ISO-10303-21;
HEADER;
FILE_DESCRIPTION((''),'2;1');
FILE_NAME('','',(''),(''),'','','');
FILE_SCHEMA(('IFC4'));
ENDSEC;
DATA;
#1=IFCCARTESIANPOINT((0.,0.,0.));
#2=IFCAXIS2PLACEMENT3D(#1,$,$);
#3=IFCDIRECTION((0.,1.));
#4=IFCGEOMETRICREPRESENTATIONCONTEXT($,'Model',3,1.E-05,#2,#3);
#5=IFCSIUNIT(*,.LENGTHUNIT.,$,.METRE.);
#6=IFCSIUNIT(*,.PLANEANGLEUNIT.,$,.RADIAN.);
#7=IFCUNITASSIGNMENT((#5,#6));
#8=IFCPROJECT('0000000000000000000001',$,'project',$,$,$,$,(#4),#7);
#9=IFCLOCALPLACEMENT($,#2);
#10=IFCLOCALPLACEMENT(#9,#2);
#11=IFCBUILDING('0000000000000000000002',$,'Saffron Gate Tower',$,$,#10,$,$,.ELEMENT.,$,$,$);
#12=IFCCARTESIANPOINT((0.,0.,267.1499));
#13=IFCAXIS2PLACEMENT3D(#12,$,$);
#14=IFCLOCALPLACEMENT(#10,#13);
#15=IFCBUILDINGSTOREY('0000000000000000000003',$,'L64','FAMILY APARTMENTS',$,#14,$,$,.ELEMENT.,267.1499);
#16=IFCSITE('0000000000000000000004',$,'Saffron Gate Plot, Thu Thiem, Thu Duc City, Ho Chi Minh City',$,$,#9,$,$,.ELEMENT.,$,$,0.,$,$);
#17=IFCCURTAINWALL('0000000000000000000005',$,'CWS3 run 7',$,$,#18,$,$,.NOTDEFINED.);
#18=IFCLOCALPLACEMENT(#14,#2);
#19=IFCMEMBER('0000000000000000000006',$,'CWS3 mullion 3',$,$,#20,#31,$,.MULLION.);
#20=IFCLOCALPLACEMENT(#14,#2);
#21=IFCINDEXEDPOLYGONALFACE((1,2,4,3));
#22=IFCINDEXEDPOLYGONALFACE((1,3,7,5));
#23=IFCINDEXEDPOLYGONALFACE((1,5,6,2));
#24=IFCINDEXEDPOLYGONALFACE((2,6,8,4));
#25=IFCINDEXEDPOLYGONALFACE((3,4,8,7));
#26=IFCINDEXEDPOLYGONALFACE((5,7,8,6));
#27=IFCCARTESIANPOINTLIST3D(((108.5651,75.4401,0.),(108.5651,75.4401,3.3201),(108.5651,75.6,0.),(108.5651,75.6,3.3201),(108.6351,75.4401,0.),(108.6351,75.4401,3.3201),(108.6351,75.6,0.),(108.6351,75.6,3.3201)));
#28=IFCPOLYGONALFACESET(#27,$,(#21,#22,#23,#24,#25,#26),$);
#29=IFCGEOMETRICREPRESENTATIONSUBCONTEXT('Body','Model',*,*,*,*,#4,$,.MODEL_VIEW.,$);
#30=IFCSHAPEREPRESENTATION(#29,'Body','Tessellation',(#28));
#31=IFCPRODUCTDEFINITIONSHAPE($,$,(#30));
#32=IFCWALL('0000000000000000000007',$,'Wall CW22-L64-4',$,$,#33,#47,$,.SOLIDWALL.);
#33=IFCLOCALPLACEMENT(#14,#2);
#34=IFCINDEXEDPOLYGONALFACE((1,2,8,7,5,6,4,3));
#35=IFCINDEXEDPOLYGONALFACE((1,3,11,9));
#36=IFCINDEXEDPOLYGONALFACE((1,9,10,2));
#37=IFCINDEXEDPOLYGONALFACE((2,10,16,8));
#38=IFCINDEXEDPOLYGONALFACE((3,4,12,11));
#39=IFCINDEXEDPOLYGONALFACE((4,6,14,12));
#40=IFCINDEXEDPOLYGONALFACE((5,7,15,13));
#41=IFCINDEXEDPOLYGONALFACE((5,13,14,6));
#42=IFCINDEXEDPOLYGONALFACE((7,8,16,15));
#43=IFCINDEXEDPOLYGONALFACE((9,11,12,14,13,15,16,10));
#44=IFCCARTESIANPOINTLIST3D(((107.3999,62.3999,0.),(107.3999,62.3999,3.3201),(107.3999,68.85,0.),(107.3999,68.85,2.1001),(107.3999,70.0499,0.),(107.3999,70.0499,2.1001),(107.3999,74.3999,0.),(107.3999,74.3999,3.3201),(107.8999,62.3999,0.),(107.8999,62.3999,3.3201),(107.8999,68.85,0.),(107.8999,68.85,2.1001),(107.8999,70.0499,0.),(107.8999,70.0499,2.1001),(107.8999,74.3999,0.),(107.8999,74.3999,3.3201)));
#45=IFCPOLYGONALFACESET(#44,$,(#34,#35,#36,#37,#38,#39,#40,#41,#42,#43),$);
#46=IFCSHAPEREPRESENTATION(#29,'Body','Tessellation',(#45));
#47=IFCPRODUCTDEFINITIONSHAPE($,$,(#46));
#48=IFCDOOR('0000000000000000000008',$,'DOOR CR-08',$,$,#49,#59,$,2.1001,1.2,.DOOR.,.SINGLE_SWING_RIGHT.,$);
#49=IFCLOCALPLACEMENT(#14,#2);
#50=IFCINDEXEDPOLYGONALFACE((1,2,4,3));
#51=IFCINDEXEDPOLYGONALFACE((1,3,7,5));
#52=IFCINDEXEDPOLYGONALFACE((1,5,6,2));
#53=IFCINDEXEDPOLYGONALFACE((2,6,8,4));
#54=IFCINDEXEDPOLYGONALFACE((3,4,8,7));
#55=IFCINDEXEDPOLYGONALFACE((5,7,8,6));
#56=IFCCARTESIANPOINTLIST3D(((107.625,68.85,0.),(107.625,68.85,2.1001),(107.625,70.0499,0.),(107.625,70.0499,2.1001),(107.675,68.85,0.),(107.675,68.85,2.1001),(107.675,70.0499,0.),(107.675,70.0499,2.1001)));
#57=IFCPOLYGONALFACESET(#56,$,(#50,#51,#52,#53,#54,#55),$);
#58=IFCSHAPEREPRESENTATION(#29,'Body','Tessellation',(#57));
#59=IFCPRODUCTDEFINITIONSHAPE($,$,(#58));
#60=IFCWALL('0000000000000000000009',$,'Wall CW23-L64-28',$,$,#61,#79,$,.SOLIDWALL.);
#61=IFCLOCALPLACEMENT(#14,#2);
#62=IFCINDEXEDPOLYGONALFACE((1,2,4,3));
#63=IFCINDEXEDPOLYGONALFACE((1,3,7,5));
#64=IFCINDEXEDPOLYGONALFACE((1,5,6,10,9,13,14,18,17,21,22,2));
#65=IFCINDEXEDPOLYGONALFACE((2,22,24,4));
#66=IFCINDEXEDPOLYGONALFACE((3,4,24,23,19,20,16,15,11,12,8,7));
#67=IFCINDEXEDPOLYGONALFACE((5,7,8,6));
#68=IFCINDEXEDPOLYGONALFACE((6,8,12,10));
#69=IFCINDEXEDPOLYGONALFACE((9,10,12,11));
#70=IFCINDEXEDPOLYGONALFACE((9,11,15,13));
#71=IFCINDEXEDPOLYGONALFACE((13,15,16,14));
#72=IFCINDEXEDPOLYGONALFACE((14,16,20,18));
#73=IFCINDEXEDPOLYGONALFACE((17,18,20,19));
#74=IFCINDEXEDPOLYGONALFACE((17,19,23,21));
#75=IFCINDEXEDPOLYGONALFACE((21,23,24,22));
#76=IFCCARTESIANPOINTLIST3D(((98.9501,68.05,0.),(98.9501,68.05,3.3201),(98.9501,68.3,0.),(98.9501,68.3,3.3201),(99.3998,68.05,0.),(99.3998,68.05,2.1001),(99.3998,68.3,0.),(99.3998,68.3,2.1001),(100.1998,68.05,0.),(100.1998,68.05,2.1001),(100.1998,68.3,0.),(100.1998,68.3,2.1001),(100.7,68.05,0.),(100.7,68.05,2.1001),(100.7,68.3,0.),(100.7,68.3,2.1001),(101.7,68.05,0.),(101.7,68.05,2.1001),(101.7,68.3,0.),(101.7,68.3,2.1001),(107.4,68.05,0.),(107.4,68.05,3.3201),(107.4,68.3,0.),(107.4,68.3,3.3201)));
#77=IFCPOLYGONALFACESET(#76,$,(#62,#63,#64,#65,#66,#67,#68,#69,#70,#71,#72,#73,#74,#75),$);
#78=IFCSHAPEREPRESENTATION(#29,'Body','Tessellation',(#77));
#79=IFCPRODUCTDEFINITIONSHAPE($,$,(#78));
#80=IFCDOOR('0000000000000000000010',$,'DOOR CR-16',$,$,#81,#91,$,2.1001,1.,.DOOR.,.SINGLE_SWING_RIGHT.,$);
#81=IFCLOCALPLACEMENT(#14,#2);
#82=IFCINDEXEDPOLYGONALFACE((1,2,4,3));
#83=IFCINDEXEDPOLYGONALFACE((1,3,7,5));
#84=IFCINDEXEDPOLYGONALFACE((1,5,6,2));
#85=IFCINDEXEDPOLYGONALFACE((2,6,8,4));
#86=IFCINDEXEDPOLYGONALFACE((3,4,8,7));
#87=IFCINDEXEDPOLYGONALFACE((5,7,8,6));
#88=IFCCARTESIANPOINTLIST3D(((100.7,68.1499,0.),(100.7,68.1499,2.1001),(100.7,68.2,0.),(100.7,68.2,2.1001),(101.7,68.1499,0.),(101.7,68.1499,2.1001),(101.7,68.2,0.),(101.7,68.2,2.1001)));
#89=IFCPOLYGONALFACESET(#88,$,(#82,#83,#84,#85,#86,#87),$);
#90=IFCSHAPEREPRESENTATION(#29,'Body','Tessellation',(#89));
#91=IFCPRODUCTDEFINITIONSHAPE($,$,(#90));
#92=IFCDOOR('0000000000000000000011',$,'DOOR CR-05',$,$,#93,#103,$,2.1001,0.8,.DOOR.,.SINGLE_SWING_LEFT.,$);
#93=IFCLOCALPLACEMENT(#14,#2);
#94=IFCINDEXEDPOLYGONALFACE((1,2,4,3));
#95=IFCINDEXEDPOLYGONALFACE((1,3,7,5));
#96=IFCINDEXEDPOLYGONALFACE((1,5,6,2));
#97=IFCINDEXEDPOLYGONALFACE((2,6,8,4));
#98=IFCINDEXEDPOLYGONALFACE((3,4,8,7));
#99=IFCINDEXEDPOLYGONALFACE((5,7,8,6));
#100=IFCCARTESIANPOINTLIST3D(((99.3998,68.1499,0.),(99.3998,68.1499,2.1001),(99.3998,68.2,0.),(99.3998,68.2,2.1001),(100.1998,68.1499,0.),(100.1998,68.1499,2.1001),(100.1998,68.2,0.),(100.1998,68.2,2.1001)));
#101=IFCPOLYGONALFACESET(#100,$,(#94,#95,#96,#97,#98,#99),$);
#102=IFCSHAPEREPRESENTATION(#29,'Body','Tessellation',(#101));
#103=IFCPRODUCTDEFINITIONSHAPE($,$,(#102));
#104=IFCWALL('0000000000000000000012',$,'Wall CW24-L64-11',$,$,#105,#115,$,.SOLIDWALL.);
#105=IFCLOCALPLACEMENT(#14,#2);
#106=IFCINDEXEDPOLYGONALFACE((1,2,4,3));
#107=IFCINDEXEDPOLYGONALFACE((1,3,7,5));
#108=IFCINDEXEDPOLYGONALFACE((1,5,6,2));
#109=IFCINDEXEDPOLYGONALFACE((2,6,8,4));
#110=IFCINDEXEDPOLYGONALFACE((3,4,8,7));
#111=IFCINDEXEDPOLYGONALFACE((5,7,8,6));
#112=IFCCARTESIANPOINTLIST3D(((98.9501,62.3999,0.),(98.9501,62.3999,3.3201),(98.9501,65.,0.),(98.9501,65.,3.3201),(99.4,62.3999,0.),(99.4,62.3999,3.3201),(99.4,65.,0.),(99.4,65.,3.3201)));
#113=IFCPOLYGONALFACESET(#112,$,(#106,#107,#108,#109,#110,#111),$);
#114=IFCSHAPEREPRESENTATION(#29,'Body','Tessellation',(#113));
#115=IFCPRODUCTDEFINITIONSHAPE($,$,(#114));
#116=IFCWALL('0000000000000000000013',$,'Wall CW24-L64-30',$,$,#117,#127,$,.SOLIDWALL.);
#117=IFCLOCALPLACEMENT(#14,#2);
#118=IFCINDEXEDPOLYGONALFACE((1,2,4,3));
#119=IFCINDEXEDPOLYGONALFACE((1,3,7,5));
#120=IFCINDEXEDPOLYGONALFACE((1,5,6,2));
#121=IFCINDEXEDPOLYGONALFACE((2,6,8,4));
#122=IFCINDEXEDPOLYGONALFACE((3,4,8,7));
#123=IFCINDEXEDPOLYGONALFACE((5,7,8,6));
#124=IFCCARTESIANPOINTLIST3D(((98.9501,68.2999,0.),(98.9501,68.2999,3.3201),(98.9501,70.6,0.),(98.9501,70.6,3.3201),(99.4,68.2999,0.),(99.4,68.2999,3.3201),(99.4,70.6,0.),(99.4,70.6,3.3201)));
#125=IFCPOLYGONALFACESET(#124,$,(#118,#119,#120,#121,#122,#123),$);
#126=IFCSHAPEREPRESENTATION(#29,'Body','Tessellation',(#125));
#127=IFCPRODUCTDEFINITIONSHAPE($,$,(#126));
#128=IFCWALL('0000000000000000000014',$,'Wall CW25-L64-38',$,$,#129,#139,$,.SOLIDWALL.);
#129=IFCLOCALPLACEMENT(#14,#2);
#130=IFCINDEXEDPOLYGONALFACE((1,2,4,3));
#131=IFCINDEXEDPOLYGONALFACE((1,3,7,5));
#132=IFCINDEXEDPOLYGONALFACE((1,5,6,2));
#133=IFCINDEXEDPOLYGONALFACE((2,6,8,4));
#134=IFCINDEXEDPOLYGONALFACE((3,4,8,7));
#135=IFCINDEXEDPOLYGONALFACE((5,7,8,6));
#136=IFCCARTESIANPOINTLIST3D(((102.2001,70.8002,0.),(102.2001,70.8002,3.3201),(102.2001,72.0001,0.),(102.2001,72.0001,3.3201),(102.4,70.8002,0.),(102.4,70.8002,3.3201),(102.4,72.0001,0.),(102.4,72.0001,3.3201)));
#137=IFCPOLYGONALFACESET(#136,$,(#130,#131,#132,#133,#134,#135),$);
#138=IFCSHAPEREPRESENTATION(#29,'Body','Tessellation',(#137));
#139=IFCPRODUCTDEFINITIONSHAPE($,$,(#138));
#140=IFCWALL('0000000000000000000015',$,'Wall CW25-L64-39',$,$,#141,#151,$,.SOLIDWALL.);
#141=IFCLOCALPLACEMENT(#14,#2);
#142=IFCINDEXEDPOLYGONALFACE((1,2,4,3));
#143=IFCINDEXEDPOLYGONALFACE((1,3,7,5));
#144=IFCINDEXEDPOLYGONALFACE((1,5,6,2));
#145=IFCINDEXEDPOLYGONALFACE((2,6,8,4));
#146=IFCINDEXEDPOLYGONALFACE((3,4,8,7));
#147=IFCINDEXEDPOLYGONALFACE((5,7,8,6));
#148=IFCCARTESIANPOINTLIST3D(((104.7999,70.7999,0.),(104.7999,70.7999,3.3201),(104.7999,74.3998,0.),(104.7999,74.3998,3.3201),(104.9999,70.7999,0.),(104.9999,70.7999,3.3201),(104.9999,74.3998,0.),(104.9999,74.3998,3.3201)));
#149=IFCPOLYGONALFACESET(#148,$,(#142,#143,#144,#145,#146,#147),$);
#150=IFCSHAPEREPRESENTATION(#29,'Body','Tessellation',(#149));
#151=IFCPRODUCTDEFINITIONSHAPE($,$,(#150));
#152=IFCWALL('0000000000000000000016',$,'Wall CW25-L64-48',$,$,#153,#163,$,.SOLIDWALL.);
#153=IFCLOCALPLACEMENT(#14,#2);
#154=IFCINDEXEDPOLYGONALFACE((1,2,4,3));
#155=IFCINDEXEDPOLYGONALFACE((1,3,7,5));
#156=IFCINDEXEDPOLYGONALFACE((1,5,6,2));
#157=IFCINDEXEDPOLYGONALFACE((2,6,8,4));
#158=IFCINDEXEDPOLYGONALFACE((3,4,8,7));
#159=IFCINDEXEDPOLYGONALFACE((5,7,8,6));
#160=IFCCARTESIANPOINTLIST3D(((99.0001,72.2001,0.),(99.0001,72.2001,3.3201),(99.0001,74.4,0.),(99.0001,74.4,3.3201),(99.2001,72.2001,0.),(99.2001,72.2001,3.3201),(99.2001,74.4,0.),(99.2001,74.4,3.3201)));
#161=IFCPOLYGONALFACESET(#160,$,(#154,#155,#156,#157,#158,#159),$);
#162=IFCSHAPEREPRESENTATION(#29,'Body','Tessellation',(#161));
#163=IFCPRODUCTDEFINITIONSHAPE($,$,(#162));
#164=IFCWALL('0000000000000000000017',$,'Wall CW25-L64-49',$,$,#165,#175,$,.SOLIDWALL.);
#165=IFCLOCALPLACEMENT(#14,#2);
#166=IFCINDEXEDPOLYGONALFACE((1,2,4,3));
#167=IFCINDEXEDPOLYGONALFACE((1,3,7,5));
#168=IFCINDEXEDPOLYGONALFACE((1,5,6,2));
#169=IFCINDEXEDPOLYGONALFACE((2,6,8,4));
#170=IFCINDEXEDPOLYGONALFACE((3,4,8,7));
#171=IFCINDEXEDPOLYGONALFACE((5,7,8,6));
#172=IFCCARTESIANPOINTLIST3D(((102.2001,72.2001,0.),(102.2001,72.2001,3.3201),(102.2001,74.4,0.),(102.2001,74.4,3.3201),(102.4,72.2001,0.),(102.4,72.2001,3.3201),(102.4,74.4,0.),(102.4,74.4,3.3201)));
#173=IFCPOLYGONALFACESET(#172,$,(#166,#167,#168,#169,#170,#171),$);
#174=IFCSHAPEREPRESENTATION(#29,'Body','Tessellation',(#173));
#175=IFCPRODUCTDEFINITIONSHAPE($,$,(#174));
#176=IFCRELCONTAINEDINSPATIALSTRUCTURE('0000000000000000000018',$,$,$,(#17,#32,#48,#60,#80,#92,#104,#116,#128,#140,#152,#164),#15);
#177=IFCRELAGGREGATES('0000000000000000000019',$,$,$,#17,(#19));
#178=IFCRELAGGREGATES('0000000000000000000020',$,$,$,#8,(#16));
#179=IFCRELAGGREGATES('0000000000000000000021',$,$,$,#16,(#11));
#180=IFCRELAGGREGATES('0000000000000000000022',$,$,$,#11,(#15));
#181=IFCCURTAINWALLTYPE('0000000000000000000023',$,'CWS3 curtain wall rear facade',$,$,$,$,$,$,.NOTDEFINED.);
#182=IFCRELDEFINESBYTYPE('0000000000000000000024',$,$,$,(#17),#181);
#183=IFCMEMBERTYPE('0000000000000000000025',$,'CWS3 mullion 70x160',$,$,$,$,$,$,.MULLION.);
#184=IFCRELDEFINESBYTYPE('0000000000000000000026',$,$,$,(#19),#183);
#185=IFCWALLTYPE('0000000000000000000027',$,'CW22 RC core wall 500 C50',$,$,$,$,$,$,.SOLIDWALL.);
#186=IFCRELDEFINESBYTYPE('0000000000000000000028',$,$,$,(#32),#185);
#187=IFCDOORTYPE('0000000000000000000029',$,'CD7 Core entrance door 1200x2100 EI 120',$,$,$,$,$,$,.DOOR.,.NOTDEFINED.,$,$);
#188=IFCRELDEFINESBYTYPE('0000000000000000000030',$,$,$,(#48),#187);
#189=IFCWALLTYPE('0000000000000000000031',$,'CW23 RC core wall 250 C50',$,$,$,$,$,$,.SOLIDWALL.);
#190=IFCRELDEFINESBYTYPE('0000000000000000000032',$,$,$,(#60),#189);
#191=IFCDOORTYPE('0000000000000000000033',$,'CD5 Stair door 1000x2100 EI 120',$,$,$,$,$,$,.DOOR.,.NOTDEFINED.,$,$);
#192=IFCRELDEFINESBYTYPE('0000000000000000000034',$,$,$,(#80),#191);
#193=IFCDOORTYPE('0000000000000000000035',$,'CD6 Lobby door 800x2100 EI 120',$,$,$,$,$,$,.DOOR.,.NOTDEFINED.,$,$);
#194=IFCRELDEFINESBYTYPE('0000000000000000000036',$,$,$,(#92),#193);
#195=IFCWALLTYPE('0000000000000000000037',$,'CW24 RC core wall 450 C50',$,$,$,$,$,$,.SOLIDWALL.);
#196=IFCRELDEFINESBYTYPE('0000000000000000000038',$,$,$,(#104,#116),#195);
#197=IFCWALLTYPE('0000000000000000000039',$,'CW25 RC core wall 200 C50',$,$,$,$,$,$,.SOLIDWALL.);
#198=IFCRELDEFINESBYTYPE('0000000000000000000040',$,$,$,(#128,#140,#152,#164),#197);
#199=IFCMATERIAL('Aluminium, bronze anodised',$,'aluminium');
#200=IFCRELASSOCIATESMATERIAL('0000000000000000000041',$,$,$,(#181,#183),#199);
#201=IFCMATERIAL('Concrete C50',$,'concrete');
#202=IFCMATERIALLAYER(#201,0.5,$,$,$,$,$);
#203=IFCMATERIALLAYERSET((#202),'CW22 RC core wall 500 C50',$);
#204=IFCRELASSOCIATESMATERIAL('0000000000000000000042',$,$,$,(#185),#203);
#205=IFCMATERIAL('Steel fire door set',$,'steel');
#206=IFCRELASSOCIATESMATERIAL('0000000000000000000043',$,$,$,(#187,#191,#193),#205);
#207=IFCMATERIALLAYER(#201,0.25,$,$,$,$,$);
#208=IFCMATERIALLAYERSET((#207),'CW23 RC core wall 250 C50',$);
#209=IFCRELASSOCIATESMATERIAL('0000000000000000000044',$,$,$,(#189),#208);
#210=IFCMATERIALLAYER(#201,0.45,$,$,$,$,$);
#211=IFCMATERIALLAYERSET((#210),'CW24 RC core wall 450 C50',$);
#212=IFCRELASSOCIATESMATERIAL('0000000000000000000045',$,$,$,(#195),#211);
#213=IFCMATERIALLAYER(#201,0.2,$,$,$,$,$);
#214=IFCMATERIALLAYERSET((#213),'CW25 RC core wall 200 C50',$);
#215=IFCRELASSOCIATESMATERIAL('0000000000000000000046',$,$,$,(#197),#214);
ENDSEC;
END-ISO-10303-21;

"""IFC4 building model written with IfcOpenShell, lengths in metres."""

from ifc_helpers import new_model, si_unit, direction, frame, frame_2d, origin, origin_2d, place, context, subcontext, project, spatial, rectangle, extrude, material, layer, layer_set, material_profile, profile_set, type_object, element, fill, aggregate, save


model = new_model("IFC4")

# Units and contexts
model_context = context("Model", 3, precision=1e-05, world=origin(), true_north=direction((0.0, 1.0)))
body_context = subcontext(model_context, "Body", "Model", "MODEL_VIEW")
ifc_project = project(units=[si_unit("LENGTHUNIT", "METRE"), si_unit("PLANEANGLEUNIT", "RADIAN")], contexts=[model_context])

# Site, building, storey
site_placement = place(None, origin())
site = spatial("IfcSite", under=ifc_project, at=site_placement, Name="Saffron Gate Plot, Thu Thiem, Thu Duc City, Ho Chi Minh City", CompositionType="ELEMENT", RefElevation=0.0)
building_placement = place(site_placement, origin())
building = spatial("IfcBuilding", under=site, at=building_placement, Name="Saffron Gate Tower", CompositionType="ELEMENT")
storey_placement = place(building_placement, frame((0.0, 0.0, 267.1499)))
storey = spatial("IfcBuildingStorey", under=building, at=storey_placement, Name="L64", Description="FAMILY APARTMENTS", CompositionType="ELEMENT", Elevation=267.1499)

# Curtain wall, member
ifc_material_1 = material(Name="Aluminium, bronze anodised", Category="aluminium")
curtain_wall_type = type_object("IfcCurtainWallType", Name="CWS3 curtain wall rear facade", PredefinedType="NOTDEFINED", material=ifc_material_1)
curtain_wall_placement = place(storey_placement, origin())
curtain_wall = element("IfcCurtainWall", 1, at=curtain_wall_placement, inside=storey, type_object=curtain_wall_type, Name="CWS3 run 7", PredefinedType="NOTDEFINED")
ifc_material_profile = material_profile(ifc_material_1, rectangle(XDim=0.1599, YDim=0.0701, at=origin_2d()))
ifc_profile_set = profile_set([ifc_material_profile], Name="Aluminium, bronze anodised")
member_type = type_object("IfcMemberType", Name="CWS3 mullion 70x160", PredefinedType="MULLION", material=ifc_profile_set)
member_placement = place(storey_placement, frame((108.6001, 75.52, 0.0), z_axis=(0.0, 0.0, 1.0), x_axis=(0.0, -1.0, 0.0)))
member = element("IfcMember", 2, at=member_placement, type_object=member_type, Name="CWS3 mullion 3", PredefinedType="MULLION", context=body_context, shape_type="SweptSolid", body=[
    extrude(rectangle(XDim=0.1599, YDim=0.0701, at=origin_2d()), origin(), (0.0, 0.0, 1.0), 3.3201),
])
aggregate(curtain_wall, [member])

# Wall, opening, door
ifc_material_2 = material(Name="Concrete C50", Category="concrete")
ifc_layer_1 = layer(ifc_material_2, 0.5)
ifc_layer_set_1 = layer_set([ifc_layer_1], Name="CW22 RC core wall 500 C50")
wall_type_1 = type_object("IfcWallType", Name="CW22 RC core wall 500 C50", PredefinedType="SOLIDWALL", material=ifc_layer_set_1)
wall_1_placement = place(storey_placement, frame((107.6499, 62.3999, 0.0), z_axis=(0.0, 0.0, 1.0), x_axis=(0.0, 1.0, 0.0)))
wall_1 = element("IfcWall", 3, at=wall_1_placement, inside=storey, type_object=wall_type_1, Name="Wall CW22-L64-4", PredefinedType="SOLIDWALL", context=body_context, shape_type="SweptSolid", body=[
    extrude(rectangle(XDim=12.0, YDim=0.5, at=frame_2d((6.0, 0.0))), origin(), (0.0, 0.0, 1.0), 3.3201),
])
opening_1_placement = place(wall_1_placement, frame((6.45, 0.0, 0.0)))
opening_1 = element("IfcOpeningElement", 4, at=opening_1_placement, cuts=wall_1, PredefinedType="OPENING", context=body_context, shape_type="SweptSolid", body=[
    extrude(rectangle(XDim=1.2, YDim=2.1001, at=frame_2d((0.6001, 1.05))), frame((0.0, 0.26, 0.0), z_axis=(0.0, -1.0, 0.0), x_axis=(1.0, 0.0, 0.0)), (0.0, 0.0, 1.0), 0.52),
])
ifc_material_3 = material(Name="Steel fire door set", Category="steel")
door_type_1 = type_object("IfcDoorType", Name="CD7 Core entrance door 1200x2100 EI 120", OperationType="NOTDEFINED", PredefinedType="DOOR", material=ifc_material_3)
door_1_placement = place(opening_1_placement, origin())
door_1 = element("IfcDoor", 5, at=door_1_placement, inside=storey, type_object=door_type_1, Name="DOOR CR-08", OperationType="SINGLE_SWING_RIGHT", OverallHeight=2.1001, OverallWidth=1.2, PredefinedType="DOOR", context=body_context, shape_type="SweptSolid", body=[
    extrude(rectangle(XDim=1.2, YDim=2.1001, at=frame_2d((0.6001, 1.05))), frame((0.0, 0.0249, 0.0), z_axis=(0.0, -1.0, 0.0), x_axis=(1.0, 0.0, 0.0)), (0.0, 0.0, 1.0), 0.05),
])
fill(opening_1, door_1)

# Wall, openings, doors
ifc_layer_2 = layer(ifc_material_2, 0.25)
ifc_layer_set_2 = layer_set([ifc_layer_2], Name="CW23 RC core wall 250 C50")
wall_type_2 = type_object("IfcWallType", Name="CW23 RC core wall 250 C50", PredefinedType="SOLIDWALL", material=ifc_layer_set_2)
wall_2_placement = place(storey_placement, frame((98.95, 68.175, 0.0), z_axis=(0.0, 0.0, 1.0), x_axis=(1.0, 0.0, 0.0)))
wall_2 = element("IfcWall", 6, at=wall_2_placement, inside=storey, type_object=wall_type_2, Name="Wall CW23-L64-28", PredefinedType="SOLIDWALL", context=body_context, shape_type="SweptSolid", body=[
    extrude(rectangle(XDim=8.45, YDim=0.25, at=frame_2d((4.2251, 0.0))), origin(), (0.0, 0.0, 1.0), 3.3201),
])
opening_2_placement = place(wall_2_placement, frame((0.45, 0.0, 0.0)))
opening_2 = element("IfcOpeningElement", 7, at=opening_2_placement, cuts=wall_2, PredefinedType="OPENING", context=body_context, shape_type="SweptSolid", body=[
    extrude(rectangle(XDim=0.8, YDim=2.1001, at=frame_2d((0.3999, 1.05))), frame((0.0, 0.135, 0.0), z_axis=(0.0, -1.0, 0.0), x_axis=(1.0, 0.0, 0.0)), (0.0, 0.0, 1.0), 0.27),
])
opening_3_placement = place(wall_2_placement, frame((1.75, 0.0, 0.0)))
opening_3 = element("IfcOpeningElement", 8, at=opening_3_placement, cuts=wall_2, PredefinedType="OPENING", context=body_context, shape_type="SweptSolid", body=[
    extrude(rectangle(XDim=1.0, YDim=2.1001, at=frame_2d((0.5, 1.05))), frame((0.0, 0.135, 0.0), z_axis=(0.0, -1.0, 0.0), x_axis=(1.0, 0.0, 0.0)), (0.0, 0.0, 1.0), 0.27),
])
door_type_2 = type_object("IfcDoorType", Name="CD5 Stair door 1000x2100 EI 120", OperationType="NOTDEFINED", PredefinedType="DOOR", material=ifc_material_3)
door_2_placement = place(opening_3_placement, origin())
door_2 = element("IfcDoor", 9, at=door_2_placement, inside=storey, type_object=door_type_2, Name="DOOR CR-16", OperationType="SINGLE_SWING_RIGHT", OverallHeight=2.1001, OverallWidth=1.0, PredefinedType="DOOR", context=body_context, shape_type="SweptSolid", body=[
    extrude(rectangle(XDim=1.0, YDim=2.1001, at=frame_2d((0.5, 1.05))), frame((0.0, 0.0249, 0.0), z_axis=(0.0, -1.0, 0.0), x_axis=(1.0, 0.0, 0.0)), (0.0, 0.0, 1.0), 0.05),
])
fill(opening_3, door_2)
door_type_3 = type_object("IfcDoorType", Name="CD6 Lobby door 800x2100 EI 120", OperationType="NOTDEFINED", PredefinedType="DOOR", material=ifc_material_3)
door_3_placement = place(opening_2_placement, origin())
door_3 = element("IfcDoor", 10, at=door_3_placement, inside=storey, type_object=door_type_3, Name="DOOR CR-05", OperationType="SINGLE_SWING_LEFT", OverallHeight=2.1001, OverallWidth=0.8, PredefinedType="DOOR", context=body_context, shape_type="SweptSolid", body=[
    extrude(rectangle(XDim=0.8, YDim=2.1001, at=frame_2d((0.3999, 1.05))), frame((0.0, 0.0249, 0.0), z_axis=(0.0, -1.0, 0.0), x_axis=(1.0, 0.0, 0.0)), (0.0, 0.0, 1.0), 0.05),
])
fill(opening_2, door_3)

# Walls
ifc_layer_3 = layer(ifc_material_2, 0.45)
ifc_layer_set_3 = layer_set([ifc_layer_3], Name="CW24 RC core wall 450 C50")
wall_type_3 = type_object("IfcWallType", Name="CW24 RC core wall 450 C50", PredefinedType="SOLIDWALL", material=ifc_layer_set_3)
wall_3_placement = place(storey_placement, frame((99.175, 62.3999, 0.0), z_axis=(0.0, 0.0, 1.0), x_axis=(0.0, 1.0, 0.0)))
element("IfcWall", 11, at=wall_3_placement, inside=storey, type_object=wall_type_3, Name="Wall CW24-L64-11", PredefinedType="SOLIDWALL", context=body_context, shape_type="SweptSolid", body=[
    extrude(rectangle(XDim=2.6001, YDim=0.45, at=frame_2d((1.3, 0.0))), origin(), (0.0, 0.0, 1.0), 3.3201),
])
wall_4_placement = place(storey_placement, frame((99.175, 68.3, 0.0), z_axis=(0.0, 0.0, 1.0), x_axis=(0.0, 1.0, 0.0)))
element("IfcWall", 12, at=wall_4_placement, inside=storey, type_object=wall_type_3, Name="Wall CW24-L64-30", PredefinedType="SOLIDWALL", context=body_context, shape_type="SweptSolid", body=[
    extrude(rectangle(XDim=2.3, YDim=0.45, at=frame_2d((1.1499, 0.0))), origin(), (0.0, 0.0, 1.0), 3.3201),
])
ifc_layer_4 = layer(ifc_material_2, 0.2)
ifc_layer_set_4 = layer_set([ifc_layer_4], Name="CW25 RC core wall 200 C50")
wall_type_4 = type_object("IfcWallType", Name="CW25 RC core wall 200 C50", PredefinedType="SOLIDWALL", material=ifc_layer_set_4)
wall_5_placement = place(storey_placement, frame((102.3, 70.8, 0.0), z_axis=(0.0, 0.0, 1.0), x_axis=(0.0, 1.0, 0.0)))
element("IfcWall", 13, at=wall_5_placement, inside=storey, type_object=wall_type_4, Name="Wall CW25-L64-38", PredefinedType="SOLIDWALL", context=body_context, shape_type="SweptSolid", body=[
    extrude(rectangle(XDim=1.2, YDim=0.2, at=frame_2d((0.6001, 0.0))), origin(), (0.0, 0.0, 1.0), 3.3201),
])
wall_6_placement = place(storey_placement, frame((104.8999, 70.8, 0.0), z_axis=(0.0, 0.0, 1.0), x_axis=(0.0, 1.0, 0.0)))
element("IfcWall", 14, at=wall_6_placement, inside=storey, type_object=wall_type_4, Name="Wall CW25-L64-39", PredefinedType="SOLIDWALL", context=body_context, shape_type="SweptSolid", body=[
    extrude(rectangle(XDim=3.5999, YDim=0.2, at=frame_2d((1.7998, 0.0))), origin(), (0.0, 0.0, 1.0), 3.3201),
])
for number, where, z_axis, x_axis, name in (
    (15, (99.1001, 72.2, 0.0), (0.0, 0.0, 1.0), (0.0, 1.0, 0.0), "Wall CW25-L64-48"),
    (16, (102.3, 72.2, 0.0), (0.0, 0.0, 1.0), (0.0, 1.0, 0.0), "Wall CW25-L64-49"),
):
    element("IfcWall", number, at=place(storey_placement, frame(where, z_axis=z_axis, x_axis=x_axis)), inside=storey, type_object=wall_type_4, Name=name, PredefinedType="SOLIDWALL", context=body_context, shape_type="SweptSolid", body=[
        extrude(rectangle(XDim=2.2, YDim=0.2, at=frame_2d((1.1001, 0.0))), origin(), (0.0, 0.0, 1.0), 3.3201),
    ])

save(model, "model.ifc")
